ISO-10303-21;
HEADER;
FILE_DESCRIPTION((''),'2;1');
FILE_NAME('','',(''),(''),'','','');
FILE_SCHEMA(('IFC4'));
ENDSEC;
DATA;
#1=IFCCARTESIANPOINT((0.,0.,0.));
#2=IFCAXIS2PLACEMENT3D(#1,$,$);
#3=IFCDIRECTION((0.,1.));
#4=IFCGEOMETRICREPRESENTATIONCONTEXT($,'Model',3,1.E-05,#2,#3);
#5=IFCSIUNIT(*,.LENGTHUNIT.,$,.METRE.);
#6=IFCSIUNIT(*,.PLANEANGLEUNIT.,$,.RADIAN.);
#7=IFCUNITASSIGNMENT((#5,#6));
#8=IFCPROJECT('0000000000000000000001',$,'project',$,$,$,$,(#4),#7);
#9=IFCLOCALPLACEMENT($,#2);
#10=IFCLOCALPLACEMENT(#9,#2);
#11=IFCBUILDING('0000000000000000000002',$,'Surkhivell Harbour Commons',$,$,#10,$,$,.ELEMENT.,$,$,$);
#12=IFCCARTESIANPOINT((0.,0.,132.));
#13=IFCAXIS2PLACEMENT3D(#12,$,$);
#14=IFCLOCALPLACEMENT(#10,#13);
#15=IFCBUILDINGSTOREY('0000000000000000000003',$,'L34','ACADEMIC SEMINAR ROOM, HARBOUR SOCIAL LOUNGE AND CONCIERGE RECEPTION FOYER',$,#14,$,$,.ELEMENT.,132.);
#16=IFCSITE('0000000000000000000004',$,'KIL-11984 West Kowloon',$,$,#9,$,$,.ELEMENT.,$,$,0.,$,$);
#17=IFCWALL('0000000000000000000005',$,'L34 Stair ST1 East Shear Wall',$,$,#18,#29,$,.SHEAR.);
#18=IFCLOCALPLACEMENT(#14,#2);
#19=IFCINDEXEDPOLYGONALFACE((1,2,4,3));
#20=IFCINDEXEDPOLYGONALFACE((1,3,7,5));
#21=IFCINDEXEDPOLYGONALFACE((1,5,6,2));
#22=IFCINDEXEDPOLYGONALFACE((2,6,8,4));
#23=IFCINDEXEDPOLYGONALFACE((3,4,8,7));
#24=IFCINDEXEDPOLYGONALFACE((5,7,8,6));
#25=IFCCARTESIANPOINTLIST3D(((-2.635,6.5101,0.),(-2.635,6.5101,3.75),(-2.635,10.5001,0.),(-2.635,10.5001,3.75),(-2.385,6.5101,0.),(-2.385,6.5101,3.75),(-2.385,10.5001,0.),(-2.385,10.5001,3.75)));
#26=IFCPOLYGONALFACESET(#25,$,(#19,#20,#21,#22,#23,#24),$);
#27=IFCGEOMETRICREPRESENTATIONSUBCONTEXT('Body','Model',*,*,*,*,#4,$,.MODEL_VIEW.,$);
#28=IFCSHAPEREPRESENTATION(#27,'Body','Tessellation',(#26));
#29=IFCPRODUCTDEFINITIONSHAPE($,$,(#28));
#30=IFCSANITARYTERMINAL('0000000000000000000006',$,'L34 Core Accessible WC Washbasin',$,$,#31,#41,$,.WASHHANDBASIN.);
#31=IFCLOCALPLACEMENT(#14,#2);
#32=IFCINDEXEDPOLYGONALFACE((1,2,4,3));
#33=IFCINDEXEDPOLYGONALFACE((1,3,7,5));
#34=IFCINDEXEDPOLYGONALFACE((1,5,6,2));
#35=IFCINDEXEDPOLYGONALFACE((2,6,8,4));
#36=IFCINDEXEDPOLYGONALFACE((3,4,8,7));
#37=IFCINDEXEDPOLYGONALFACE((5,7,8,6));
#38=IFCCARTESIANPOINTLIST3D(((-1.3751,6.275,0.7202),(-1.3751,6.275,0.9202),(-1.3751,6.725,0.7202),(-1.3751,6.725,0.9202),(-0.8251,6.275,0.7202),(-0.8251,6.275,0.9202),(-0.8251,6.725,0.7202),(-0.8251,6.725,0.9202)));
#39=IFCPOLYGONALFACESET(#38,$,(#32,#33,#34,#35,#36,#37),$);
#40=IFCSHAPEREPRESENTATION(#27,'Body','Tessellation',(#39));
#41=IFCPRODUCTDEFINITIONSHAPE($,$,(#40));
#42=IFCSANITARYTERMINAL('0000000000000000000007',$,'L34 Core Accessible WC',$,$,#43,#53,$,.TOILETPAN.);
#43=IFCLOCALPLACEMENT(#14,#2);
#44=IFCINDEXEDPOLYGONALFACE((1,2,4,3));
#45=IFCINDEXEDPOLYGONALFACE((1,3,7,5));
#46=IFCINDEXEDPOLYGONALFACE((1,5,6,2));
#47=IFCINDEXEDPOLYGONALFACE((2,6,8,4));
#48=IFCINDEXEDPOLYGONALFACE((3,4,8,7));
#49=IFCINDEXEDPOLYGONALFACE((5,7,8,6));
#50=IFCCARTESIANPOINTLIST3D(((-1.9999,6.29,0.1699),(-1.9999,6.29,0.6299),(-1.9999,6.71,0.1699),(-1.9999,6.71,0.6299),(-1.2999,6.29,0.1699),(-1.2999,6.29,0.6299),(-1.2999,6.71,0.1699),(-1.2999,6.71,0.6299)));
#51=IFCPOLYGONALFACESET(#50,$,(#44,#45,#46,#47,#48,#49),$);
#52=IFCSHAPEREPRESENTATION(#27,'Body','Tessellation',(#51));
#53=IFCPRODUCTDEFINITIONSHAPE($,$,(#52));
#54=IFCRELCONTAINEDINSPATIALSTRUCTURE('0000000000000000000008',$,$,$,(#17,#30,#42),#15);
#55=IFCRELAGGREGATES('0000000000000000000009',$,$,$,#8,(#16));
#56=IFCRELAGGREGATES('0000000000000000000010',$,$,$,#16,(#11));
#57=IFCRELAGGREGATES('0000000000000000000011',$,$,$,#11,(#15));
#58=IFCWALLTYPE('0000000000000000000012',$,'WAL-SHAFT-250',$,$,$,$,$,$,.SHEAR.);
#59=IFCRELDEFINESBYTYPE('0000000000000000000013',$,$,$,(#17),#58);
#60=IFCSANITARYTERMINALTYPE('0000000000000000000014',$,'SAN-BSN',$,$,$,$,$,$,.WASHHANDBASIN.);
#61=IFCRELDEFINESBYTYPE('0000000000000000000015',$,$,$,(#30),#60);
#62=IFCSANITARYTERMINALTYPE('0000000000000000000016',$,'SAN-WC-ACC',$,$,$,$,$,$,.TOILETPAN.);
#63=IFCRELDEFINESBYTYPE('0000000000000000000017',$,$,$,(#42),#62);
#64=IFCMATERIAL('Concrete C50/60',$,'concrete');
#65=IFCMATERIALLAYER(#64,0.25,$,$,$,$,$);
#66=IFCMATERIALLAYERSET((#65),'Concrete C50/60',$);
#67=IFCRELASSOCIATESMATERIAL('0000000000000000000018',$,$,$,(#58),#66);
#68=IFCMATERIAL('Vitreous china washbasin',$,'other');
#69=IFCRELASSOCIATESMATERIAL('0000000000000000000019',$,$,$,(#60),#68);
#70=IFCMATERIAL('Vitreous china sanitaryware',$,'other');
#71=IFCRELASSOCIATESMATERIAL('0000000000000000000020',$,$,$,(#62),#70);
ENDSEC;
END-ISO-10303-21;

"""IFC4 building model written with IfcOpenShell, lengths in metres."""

from ifc_helpers import new_model, si_unit, direction, frame, frame_2d, origin, origin_2d, place, context, subcontext, project, spatial, rectangle, extrude, material, layer, layer_set, type_object, element, save


model = new_model("IFC4")

# Units and contexts
model_context = context("Model", 3, precision=1e-05, world=origin(), true_north=direction((0.0, 1.0)))
body_context = subcontext(model_context, "Body", "Model", "MODEL_VIEW")
ifc_project = project(units=[si_unit("LENGTHUNIT", "METRE"), si_unit("PLANEANGLEUNIT", "RADIAN")], contexts=[model_context])

# Site, building, storey
site_placement = place(None, origin())
site = spatial("IfcSite", under=ifc_project, at=site_placement, Name="KIL-11984 West Kowloon", CompositionType="ELEMENT", RefElevation=0.0)
building_placement = place(site_placement, origin())
building = spatial("IfcBuilding", under=site, at=building_placement, Name="Surkhivell Harbour Commons", CompositionType="ELEMENT")
storey_placement = place(building_placement, frame((0.0, 0.0, 132.0)))
storey = spatial("IfcBuildingStorey", under=building, at=storey_placement, Name="L34", Description="ACADEMIC SEMINAR ROOM, HARBOUR SOCIAL LOUNGE AND CONCIERGE RECEPTION FOYER", CompositionType="ELEMENT", Elevation=132.0)

# Shared definitions
ifc_material_1 = material(Name="Concrete C50/60", Category="concrete")
ifc_layer_1 = layer(ifc_material_1, 0.25)
ifc_layer_set_1 = layer_set([ifc_layer_1], Name="Concrete C50/60")
wall_type_1 = type_object("IfcWallType", Name="WAL-SHAFT-250", PredefinedType="SHEAR", material=ifc_layer_set_1)

# Wall
wall_1_placement = place(storey_placement, frame((-2.51, 6.51, 0.0), z_axis=(0.0, 0.0, 1.0), x_axis=(0.0, 1.0, 0.0)))
element("IfcWall", 1, at=wall_1_placement, inside=storey, type_object=wall_type_1, Name="L34 Stair ST1 East Shear Wall", PredefinedType="SHEAR", context=body_context, shape_type="SweptSolid", body=[
    extrude(rectangle(XDim=3.99, YDim=0.25, at=frame_2d((1.9951, 0.0))), origin(), (0.0, 0.0, 1.0), 3.75),
])

# Sanitary terminals
ifc_material_2 = material(Name="Vitreous china washbasin", Category="other")
sanitary_terminal_type_1 = type_object("IfcSanitaryTerminalType", Name="SAN-BSN", PredefinedType="WASHHANDBASIN", material=ifc_material_2)
sanitary_terminal_1_placement = place(storey_placement, frame((-1.1001, 6.5, 0.7202), z_axis=(0.0, 0.0, 1.0), x_axis=(1.0, 0.0, 0.0)))
element("IfcSanitaryTerminal", 2, at=sanitary_terminal_1_placement, inside=storey, type_object=sanitary_terminal_type_1, Name="L34 Core Accessible WC Washbasin", PredefinedType="WASHHANDBASIN", context=body_context, shape_type="SweptSolid", body=[
    extrude(rectangle(XDim=0.55, YDim=0.45, at=origin_2d()), origin(), (0.0, 0.0, 1.0), 0.2),
])
ifc_material_3 = material(Name="Vitreous china sanitaryware", Category="other")
sanitary_terminal_type_2 = type_object("IfcSanitaryTerminalType", Name="SAN-WC-ACC", PredefinedType="TOILETPAN", material=ifc_material_3)
sanitary_terminal_2_placement = place(storey_placement, frame((-1.6499, 6.5, 0.1699), z_axis=(0.0, 0.0, 1.0), x_axis=(1.0, 0.0, 0.0)))
element("IfcSanitaryTerminal", 3, at=sanitary_terminal_2_placement, inside=storey, type_object=sanitary_terminal_type_2, Name="L34 Core Accessible WC", PredefinedType="TOILETPAN", context=body_context, shape_type="SweptSolid", body=[
    extrude(rectangle(XDim=0.7, YDim=0.4199, at=origin_2d()), origin(), (0.0, 0.0, 1.0), 0.46),
])

save(model, "model.ifc")
